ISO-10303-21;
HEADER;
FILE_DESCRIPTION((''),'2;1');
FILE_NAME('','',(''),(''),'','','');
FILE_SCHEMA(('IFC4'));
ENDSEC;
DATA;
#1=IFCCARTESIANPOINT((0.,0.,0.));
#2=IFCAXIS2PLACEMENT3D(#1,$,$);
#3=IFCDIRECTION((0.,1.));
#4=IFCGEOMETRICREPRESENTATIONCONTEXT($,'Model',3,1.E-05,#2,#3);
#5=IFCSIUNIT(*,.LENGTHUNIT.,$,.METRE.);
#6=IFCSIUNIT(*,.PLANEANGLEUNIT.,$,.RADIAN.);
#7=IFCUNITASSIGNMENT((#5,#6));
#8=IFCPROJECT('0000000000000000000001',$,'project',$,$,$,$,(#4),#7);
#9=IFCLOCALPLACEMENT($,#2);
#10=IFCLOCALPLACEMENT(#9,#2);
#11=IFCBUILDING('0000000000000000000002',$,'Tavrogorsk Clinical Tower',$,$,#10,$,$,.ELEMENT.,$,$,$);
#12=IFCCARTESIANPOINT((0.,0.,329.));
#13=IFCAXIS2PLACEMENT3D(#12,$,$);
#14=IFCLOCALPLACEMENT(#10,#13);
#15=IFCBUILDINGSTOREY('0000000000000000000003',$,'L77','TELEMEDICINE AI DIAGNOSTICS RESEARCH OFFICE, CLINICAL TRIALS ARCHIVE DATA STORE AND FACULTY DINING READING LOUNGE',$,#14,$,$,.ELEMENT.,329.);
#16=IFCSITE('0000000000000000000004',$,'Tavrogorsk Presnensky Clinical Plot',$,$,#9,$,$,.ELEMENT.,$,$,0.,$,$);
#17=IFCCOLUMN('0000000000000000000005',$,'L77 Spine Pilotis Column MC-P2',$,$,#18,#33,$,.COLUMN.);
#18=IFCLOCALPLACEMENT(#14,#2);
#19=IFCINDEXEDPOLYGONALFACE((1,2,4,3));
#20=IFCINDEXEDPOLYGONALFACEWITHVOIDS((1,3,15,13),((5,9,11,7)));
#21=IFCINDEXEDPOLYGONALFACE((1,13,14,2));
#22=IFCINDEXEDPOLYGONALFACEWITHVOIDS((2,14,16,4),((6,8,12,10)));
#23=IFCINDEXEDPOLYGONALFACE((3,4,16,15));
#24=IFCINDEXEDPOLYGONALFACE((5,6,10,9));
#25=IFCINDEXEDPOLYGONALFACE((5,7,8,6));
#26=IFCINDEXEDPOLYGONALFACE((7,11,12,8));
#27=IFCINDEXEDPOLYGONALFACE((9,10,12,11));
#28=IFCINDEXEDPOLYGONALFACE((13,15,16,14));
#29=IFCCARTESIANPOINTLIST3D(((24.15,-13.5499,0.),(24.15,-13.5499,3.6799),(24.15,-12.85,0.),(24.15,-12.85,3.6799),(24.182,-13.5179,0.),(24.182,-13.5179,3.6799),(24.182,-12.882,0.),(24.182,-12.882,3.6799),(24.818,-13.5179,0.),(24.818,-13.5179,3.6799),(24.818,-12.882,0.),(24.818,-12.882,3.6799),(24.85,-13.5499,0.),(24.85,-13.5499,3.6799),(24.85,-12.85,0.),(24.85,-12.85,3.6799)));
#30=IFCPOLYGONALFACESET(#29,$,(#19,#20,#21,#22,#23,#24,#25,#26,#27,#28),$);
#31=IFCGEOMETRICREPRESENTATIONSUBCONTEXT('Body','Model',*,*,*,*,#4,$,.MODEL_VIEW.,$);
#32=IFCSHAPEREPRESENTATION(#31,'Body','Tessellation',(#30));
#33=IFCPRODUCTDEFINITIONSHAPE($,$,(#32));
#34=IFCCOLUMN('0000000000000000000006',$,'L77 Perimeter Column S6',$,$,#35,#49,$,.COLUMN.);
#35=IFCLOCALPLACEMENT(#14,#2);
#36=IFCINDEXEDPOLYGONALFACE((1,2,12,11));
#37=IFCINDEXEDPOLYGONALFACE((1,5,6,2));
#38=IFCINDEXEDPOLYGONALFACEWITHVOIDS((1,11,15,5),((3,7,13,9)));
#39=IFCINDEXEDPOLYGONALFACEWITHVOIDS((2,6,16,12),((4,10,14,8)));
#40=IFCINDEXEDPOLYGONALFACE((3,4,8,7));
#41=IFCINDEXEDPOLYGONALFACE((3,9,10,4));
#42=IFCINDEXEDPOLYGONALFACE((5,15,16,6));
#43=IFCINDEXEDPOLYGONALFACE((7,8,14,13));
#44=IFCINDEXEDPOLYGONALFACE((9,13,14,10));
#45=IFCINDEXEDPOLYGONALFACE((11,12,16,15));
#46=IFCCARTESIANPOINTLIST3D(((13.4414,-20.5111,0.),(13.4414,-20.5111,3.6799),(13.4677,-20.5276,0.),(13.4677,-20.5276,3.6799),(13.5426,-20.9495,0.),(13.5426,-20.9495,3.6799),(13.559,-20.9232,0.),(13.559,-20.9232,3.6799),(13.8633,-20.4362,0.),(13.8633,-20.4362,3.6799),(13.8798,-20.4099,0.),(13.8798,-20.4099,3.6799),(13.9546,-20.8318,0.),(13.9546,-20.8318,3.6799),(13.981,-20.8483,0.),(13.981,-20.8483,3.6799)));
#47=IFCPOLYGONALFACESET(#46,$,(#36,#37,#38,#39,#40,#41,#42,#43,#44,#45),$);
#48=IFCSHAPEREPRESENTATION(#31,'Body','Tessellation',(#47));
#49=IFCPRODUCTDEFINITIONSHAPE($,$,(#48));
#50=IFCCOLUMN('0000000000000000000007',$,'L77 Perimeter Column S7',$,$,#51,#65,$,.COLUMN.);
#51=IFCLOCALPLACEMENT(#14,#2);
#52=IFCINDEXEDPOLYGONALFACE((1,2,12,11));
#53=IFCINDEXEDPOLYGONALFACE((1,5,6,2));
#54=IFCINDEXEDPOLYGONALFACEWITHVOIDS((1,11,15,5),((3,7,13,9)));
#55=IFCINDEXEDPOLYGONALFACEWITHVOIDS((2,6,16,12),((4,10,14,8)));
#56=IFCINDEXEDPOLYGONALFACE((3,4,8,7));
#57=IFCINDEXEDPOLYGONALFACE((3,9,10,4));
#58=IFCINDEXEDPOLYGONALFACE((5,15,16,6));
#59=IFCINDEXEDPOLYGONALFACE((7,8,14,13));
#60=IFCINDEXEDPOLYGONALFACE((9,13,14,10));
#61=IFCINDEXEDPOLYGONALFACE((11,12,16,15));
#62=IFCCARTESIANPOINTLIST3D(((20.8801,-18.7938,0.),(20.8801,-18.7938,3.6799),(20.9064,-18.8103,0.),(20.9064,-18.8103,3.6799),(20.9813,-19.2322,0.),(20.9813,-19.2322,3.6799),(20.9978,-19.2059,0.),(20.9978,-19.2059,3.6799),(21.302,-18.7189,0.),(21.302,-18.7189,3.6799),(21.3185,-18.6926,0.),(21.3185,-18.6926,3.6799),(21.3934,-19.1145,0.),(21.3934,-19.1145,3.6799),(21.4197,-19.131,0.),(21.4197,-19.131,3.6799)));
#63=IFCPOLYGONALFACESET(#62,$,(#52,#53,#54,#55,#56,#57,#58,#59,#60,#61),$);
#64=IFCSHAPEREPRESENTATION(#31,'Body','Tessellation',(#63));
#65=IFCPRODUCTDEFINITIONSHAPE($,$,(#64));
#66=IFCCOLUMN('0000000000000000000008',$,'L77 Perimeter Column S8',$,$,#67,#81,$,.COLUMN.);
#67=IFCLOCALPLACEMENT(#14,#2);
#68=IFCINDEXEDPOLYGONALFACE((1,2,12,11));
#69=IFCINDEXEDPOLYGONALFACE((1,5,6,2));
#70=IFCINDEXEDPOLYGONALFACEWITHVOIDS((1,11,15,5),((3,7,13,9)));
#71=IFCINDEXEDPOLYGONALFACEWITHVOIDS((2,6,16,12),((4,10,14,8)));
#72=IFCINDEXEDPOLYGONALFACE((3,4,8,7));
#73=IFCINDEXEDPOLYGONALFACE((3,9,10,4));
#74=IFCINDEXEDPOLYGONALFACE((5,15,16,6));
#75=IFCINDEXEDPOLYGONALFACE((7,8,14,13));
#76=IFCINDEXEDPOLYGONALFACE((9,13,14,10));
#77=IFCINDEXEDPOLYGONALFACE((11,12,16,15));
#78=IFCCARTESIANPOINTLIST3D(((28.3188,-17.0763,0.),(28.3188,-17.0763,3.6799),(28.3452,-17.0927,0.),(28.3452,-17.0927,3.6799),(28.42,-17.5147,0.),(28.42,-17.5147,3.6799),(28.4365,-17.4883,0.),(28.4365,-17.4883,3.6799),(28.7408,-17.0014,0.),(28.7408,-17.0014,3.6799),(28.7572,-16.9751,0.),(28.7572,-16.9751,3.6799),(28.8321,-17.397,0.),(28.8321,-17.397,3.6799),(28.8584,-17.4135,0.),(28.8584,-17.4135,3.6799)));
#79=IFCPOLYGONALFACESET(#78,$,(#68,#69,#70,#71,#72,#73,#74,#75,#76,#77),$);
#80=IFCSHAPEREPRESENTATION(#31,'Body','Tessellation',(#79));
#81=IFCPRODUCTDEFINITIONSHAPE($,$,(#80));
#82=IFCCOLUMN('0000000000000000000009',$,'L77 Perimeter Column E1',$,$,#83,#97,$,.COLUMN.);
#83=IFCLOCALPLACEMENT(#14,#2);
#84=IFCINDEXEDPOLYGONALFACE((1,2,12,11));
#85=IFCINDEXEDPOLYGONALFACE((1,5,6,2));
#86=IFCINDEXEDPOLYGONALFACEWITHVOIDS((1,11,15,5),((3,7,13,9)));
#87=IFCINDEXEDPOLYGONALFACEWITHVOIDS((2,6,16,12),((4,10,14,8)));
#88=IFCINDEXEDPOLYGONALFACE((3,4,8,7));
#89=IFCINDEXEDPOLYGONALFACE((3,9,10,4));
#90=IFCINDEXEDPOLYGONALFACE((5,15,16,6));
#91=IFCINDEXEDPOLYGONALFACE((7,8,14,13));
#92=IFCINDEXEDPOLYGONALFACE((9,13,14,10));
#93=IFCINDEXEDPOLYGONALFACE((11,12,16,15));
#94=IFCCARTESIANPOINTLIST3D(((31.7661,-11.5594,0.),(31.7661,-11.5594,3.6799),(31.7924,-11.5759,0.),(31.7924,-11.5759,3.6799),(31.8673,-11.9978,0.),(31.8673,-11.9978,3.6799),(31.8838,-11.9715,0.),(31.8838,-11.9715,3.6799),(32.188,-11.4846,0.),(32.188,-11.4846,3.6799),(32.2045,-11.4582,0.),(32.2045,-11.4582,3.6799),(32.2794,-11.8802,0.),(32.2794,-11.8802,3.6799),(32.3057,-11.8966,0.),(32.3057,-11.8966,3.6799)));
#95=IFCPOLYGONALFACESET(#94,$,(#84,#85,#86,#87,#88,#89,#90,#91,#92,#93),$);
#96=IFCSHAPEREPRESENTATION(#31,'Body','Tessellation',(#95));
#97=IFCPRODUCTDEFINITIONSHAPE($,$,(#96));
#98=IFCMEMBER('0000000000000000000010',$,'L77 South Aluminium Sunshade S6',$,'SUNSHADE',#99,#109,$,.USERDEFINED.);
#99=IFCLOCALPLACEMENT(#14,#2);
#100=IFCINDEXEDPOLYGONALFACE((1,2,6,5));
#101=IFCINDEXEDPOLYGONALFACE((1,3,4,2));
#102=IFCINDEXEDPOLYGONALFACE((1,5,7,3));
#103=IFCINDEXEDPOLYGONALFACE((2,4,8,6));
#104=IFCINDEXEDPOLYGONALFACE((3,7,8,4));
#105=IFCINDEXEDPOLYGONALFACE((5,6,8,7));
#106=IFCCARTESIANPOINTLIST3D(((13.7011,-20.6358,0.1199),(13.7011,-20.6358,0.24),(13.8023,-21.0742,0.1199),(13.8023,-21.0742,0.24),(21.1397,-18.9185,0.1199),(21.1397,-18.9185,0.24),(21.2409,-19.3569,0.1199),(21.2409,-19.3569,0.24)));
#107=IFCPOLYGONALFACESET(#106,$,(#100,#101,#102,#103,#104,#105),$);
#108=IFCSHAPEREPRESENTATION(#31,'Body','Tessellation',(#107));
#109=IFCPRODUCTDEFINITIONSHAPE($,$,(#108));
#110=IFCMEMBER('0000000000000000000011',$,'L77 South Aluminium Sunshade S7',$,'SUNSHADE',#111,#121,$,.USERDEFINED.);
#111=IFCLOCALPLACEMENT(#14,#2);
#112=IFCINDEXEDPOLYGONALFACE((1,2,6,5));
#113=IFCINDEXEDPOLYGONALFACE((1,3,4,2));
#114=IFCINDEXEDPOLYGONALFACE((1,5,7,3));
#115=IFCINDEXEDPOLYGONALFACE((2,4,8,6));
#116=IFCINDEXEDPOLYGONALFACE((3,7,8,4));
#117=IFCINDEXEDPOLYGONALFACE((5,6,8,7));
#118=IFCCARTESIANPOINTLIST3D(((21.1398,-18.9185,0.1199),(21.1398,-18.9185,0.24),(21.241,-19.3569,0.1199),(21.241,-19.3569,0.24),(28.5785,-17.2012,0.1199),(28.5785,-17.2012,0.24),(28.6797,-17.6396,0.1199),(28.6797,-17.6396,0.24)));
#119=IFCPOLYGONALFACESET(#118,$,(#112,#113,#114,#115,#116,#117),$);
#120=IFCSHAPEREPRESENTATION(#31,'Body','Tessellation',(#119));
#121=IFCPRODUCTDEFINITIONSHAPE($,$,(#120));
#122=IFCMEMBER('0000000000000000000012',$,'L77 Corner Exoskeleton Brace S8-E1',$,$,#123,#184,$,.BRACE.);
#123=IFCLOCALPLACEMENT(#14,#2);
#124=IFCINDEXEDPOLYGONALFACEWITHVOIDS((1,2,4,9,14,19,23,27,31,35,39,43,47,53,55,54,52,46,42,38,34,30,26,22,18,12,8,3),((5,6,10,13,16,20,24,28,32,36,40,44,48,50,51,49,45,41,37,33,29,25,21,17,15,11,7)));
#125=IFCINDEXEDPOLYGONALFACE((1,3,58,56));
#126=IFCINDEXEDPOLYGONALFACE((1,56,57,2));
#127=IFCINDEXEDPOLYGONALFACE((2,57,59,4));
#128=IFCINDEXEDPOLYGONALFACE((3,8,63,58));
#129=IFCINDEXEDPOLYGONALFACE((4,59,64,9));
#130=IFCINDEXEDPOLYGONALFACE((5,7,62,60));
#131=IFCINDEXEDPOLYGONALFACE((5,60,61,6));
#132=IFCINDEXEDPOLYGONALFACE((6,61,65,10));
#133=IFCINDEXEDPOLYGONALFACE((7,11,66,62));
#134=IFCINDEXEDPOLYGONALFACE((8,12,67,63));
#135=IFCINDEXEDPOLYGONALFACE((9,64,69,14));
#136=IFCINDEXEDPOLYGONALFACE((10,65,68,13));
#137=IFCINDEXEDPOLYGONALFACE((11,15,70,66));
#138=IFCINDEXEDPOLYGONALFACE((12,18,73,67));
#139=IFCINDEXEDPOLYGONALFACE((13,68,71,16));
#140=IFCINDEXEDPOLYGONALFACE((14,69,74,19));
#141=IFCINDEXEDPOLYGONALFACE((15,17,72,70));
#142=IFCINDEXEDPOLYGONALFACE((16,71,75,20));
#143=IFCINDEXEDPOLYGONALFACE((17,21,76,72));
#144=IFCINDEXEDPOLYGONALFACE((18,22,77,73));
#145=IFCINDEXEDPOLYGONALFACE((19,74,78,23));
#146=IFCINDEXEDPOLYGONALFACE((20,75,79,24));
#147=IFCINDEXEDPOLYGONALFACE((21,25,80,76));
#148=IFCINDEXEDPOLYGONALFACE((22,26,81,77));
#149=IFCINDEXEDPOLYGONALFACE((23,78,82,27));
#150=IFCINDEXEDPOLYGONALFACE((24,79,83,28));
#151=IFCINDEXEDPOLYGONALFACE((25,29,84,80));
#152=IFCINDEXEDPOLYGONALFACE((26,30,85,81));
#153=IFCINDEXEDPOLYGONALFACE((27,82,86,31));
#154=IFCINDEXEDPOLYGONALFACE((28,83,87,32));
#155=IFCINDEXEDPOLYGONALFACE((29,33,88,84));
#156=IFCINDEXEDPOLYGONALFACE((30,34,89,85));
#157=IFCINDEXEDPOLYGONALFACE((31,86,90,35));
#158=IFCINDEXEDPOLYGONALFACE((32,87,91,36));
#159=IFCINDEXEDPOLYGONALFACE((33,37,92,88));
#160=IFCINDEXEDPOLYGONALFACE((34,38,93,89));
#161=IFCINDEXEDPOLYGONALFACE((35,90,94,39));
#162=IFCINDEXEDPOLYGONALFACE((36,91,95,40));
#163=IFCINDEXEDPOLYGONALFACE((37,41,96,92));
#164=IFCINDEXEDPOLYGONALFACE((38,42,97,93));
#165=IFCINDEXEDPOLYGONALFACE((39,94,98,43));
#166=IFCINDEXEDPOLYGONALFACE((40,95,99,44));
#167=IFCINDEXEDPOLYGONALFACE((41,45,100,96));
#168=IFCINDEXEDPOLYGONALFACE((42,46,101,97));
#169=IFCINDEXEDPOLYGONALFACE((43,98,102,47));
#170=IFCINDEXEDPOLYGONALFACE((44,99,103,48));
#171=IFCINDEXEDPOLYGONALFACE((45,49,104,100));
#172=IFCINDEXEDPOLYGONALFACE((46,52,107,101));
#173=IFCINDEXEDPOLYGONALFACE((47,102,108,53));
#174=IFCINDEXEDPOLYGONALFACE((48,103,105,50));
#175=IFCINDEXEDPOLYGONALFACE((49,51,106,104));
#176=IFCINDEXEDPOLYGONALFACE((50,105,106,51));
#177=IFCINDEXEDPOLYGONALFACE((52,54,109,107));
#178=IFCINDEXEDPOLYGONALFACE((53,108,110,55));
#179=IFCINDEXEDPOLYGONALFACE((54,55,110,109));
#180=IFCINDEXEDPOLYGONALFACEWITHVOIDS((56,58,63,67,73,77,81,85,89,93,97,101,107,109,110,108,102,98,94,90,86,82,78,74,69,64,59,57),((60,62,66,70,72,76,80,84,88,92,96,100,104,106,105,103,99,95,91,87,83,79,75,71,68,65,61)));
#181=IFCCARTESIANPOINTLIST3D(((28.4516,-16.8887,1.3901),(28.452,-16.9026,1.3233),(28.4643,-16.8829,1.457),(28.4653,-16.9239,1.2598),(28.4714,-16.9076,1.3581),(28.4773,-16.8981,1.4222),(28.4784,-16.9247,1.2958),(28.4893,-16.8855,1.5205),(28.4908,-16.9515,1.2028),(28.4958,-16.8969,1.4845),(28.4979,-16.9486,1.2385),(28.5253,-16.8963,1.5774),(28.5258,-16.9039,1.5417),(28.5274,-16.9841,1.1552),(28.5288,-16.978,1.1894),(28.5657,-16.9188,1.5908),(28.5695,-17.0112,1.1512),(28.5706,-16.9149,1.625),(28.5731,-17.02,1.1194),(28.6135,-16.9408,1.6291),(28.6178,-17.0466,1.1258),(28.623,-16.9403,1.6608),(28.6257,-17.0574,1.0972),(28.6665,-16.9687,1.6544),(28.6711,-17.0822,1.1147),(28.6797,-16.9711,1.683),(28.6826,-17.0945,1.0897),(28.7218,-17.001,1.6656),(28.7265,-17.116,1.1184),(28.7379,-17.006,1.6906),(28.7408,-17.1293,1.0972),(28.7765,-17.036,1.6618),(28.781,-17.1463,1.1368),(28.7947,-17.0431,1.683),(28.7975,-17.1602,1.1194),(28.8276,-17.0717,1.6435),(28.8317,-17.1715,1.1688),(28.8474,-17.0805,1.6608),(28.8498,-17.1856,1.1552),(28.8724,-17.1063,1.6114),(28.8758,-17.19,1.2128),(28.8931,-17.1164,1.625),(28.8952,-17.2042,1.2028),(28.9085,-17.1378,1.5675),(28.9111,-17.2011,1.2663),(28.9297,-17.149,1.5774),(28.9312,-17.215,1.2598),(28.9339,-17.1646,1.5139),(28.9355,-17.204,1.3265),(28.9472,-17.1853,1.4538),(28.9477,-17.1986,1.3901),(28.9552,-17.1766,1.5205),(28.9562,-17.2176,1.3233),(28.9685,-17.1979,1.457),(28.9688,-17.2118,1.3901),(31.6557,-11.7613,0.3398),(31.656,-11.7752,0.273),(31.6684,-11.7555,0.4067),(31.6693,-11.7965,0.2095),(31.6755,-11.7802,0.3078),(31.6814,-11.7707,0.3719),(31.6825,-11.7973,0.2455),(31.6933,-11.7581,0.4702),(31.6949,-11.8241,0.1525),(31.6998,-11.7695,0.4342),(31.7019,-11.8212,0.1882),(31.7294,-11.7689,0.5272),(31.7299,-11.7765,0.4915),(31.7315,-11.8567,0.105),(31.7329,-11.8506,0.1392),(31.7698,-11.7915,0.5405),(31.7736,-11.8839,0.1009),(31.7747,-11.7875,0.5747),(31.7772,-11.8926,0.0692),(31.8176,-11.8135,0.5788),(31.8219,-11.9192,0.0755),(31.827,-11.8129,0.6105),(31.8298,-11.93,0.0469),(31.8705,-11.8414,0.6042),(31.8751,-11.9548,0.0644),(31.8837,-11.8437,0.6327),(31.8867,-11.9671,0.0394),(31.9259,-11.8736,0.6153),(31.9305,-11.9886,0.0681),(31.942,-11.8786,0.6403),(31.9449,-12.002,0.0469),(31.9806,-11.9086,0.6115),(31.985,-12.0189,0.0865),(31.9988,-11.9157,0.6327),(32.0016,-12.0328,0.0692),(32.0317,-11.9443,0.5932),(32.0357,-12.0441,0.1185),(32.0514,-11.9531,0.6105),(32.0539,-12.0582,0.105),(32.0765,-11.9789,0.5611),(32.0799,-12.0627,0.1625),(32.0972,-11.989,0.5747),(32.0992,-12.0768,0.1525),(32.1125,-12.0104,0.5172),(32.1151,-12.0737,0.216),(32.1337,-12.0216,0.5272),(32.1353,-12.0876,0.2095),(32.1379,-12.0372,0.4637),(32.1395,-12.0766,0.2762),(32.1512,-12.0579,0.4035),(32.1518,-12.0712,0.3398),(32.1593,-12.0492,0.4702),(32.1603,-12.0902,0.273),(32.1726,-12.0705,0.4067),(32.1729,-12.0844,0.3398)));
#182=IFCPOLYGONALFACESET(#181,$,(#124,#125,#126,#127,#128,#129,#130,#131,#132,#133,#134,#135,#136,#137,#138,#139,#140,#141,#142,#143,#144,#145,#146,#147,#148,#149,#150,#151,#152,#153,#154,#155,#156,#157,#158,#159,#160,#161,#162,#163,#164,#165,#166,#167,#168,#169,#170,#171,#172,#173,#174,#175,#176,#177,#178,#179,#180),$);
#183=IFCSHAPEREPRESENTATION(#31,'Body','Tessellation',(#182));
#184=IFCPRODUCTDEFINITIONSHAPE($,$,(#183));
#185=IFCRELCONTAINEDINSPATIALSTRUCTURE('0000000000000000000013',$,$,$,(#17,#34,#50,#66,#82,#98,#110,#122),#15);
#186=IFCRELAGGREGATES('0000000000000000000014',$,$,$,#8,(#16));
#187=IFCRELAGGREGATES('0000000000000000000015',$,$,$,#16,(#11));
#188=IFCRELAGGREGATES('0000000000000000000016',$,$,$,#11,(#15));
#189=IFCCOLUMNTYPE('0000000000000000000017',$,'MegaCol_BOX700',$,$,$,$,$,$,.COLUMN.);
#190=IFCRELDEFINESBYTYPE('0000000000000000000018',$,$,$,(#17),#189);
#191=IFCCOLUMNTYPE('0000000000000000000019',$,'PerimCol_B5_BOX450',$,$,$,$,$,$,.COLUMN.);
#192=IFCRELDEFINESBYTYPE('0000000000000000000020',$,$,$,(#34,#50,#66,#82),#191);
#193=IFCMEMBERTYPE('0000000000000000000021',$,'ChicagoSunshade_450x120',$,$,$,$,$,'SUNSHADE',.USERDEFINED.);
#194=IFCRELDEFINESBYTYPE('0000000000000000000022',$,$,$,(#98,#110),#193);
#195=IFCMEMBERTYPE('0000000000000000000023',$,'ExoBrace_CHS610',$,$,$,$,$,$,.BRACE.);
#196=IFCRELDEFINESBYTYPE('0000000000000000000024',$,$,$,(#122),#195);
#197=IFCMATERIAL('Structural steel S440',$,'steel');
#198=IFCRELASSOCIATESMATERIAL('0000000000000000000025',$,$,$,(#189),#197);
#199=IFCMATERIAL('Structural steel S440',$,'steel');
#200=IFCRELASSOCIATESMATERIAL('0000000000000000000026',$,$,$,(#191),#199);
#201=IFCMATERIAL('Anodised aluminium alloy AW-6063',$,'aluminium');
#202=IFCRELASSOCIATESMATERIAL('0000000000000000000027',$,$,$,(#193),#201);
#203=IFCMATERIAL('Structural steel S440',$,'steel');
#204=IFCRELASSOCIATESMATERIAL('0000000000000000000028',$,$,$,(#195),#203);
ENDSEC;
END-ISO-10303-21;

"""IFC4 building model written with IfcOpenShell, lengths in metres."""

from ifc_helpers import new_model, si_unit, direction, frame, origin, origin_2d, place, context, subcontext, project, spatial, rectangle, hollow_rectangle, hollow_circle, extrude, material, material_profile, profile_set, type_object, element, save


model = new_model("IFC4")

# Units and contexts
model_context = context("Model", 3, precision=1e-05, world=origin(), true_north=direction((0.0, 1.0)))
body_context = subcontext(model_context, "Body", "Model", "MODEL_VIEW")
ifc_project = project(units=[si_unit("LENGTHUNIT", "METRE"), si_unit("PLANEANGLEUNIT", "RADIAN")], contexts=[model_context])

# Site, building, storey
site_placement = place(None, origin())
site = spatial("IfcSite", under=ifc_project, at=site_placement, Name="Tavrogorsk Presnensky Clinical Plot", CompositionType="ELEMENT", RefElevation=0.0)
building_placement = place(site_placement, origin())
building = spatial("IfcBuilding", under=site, at=building_placement, Name="Tavrogorsk Clinical Tower", CompositionType="ELEMENT")
storey_placement = place(building_placement, frame((0.0, 0.0, 329.0)))
storey = spatial("IfcBuildingStorey", under=building, at=storey_placement, Name="L77", Description="TELEMEDICINE AI DIAGNOSTICS RESEARCH OFFICE, CLINICAL TRIALS ARCHIVE DATA STORE AND FACULTY DINING READING LOUNGE", CompositionType="ELEMENT", Elevation=329.0)

# Columns
ifc_material_1 = material(Name="Structural steel S440", Category="steel")
ifc_material_profile_1 = material_profile(ifc_material_1, hollow_rectangle(XDim=0.7, YDim=0.7, WallThickness=0.032, at=origin_2d()), Name="BOX-700x700x32")
ifc_profile_set_1 = profile_set([ifc_material_profile_1], Name="Structural steel S440")
column_type_1 = type_object("IfcColumnType", Name="MegaCol_BOX700", PredefinedType="COLUMN", material=ifc_profile_set_1)
column_placement = place(storey_placement, frame((24.5, -13.2, 0.0), z_axis=(0.0, 0.0, 1.0), x_axis=(1.0, 0.0, 0.0)))
element("IfcColumn", 1, at=column_placement, inside=storey, type_object=column_type_1, Name="L77 Spine Pilotis Column MC-P2", PredefinedType="COLUMN", context=body_context, shape_type="SweptSolid", body=[
    extrude(hollow_rectangle(XDim=0.7, YDim=0.7, WallThickness=0.032, at=origin_2d()), origin(), (0.0, 0.0, 1.0), 3.6799),
])
ifc_material_2 = material(Name="Structural steel S440", Category="steel")
ifc_material_profile_2 = material_profile(ifc_material_2, hollow_rectangle(XDim=0.45, YDim=0.45, WallThickness=0.022, at=origin_2d()), Name="BOX-450x450x22")
ifc_profile_set_2 = profile_set([ifc_material_profile_2], Name="Structural steel S440")
column_type_2 = type_object("IfcColumnType", Name="PerimCol_B5_BOX450", PredefinedType="COLUMN", material=ifc_profile_set_2)
for number, where, z_axis, x_axis, name in (
    (2, (13.7112, -20.6797, 0.0), (0.0, 0.0, 1.0), (0.97437, 0.224951, 0.0), "L77 Perimeter Column S6"),
    (3, (21.1499, -18.9624, 0.0), (0.0, 0.0, 1.0), (0.97437, 0.224951, 0.0), "L77 Perimeter Column S7"),
    (4, (28.5886, -17.2449, 0.0), (0.0, 0.0, 1.0), (0.97437, 0.224951, 0.0), "L77 Perimeter Column S8"),
    (5, (32.0359, -11.728, 0.0), (0.0, 0.0, 1.0), (0.97437, 0.224951, 0.0), "L77 Perimeter Column E1"),
):
    element("IfcColumn", number, at=place(storey_placement, frame(where, z_axis=z_axis, x_axis=x_axis)), inside=storey, type_object=column_type_2, Name=name, PredefinedType="COLUMN", context=body_context, shape_type="SweptSolid", body=[
        extrude(hollow_rectangle(XDim=0.45, YDim=0.45, WallThickness=0.022, at=origin_2d()), origin(), (0.0, 0.0, 1.0), 3.6799),
    ])

# Members
ifc_material_3 = material(Name="Anodised aluminium alloy AW-6063", Category="aluminium")
ifc_material_profile_3 = material_profile(ifc_material_3, rectangle(XDim=0.45, YDim=0.1201, at=origin_2d()), Name="ALU-SUNSHADE-450x120")
ifc_profile_set_3 = profile_set([ifc_material_profile_3], Name="Anodised aluminium alloy AW-6063")
member_type_1 = type_object("IfcMemberType", Name="ChicagoSunshade_450x120", ElementType="SUNSHADE", PredefinedType="USERDEFINED", material=ifc_profile_set_3)
for number, where, z_axis, x_axis, name in (
    (6, (13.7517, -20.855, 0.1799), (0.974372, 0.224941, 0.0), (-0.224941, 0.974372, 0.0), "L77 South Aluminium Sunshade S6"),
    (7, (21.1904, -19.1377, 0.1799), (0.974372, 0.224941, 0.0), (-0.224941, 0.974372, 0.0), "L77 South Aluminium Sunshade S7"),
):
    element("IfcMember", number, at=place(storey_placement, frame(where, z_axis=z_axis, x_axis=x_axis)), inside=storey, type_object=member_type_1, Name=name, ObjectType="SUNSHADE", PredefinedType="USERDEFINED", context=body_context, shape_type="SweptSolid", body=[
        extrude(rectangle(XDim=0.45, YDim=0.1201, at=origin_2d()), origin(), (0.0, 0.0, 1.0), 7.6343),
    ])
ifc_material_4 = material(Name="Structural steel S440", Category="steel")
ifc_material_profile_4 = material_profile(ifc_material_4, hollow_circle(Radius=0.3049, WallThickness=0.0249, at=origin_2d()), Name="CHS-610x25")
ifc_profile_set_4 = profile_set([ifc_material_profile_4], Name="Structural steel S440")
member_type_2 = type_object("IfcMemberType", Name="ExoBrace_CHS610", PredefinedType="BRACE", material=ifc_profile_set_4)
member_placement = place(storey_placement, frame((31.9143, -11.9229, 0.3398), z_axis=(-0.522115, -0.835527, 0.171147), x_axis=(0.848039, -0.529934, 0.0)))
element("IfcMember", 8, at=member_placement, inside=storey, type_object=member_type_2, Name="L77 Corner Exoskeleton Brace S8-E1", PredefinedType="BRACE", context=body_context, shape_type="SweptSolid", body=[
    extrude(hollow_circle(Radius=0.3049, WallThickness=0.0249, at=origin_2d()), origin(), (0.0, 0.0, 1.0), 6.1367),
])

save(model, "model.ifc")
